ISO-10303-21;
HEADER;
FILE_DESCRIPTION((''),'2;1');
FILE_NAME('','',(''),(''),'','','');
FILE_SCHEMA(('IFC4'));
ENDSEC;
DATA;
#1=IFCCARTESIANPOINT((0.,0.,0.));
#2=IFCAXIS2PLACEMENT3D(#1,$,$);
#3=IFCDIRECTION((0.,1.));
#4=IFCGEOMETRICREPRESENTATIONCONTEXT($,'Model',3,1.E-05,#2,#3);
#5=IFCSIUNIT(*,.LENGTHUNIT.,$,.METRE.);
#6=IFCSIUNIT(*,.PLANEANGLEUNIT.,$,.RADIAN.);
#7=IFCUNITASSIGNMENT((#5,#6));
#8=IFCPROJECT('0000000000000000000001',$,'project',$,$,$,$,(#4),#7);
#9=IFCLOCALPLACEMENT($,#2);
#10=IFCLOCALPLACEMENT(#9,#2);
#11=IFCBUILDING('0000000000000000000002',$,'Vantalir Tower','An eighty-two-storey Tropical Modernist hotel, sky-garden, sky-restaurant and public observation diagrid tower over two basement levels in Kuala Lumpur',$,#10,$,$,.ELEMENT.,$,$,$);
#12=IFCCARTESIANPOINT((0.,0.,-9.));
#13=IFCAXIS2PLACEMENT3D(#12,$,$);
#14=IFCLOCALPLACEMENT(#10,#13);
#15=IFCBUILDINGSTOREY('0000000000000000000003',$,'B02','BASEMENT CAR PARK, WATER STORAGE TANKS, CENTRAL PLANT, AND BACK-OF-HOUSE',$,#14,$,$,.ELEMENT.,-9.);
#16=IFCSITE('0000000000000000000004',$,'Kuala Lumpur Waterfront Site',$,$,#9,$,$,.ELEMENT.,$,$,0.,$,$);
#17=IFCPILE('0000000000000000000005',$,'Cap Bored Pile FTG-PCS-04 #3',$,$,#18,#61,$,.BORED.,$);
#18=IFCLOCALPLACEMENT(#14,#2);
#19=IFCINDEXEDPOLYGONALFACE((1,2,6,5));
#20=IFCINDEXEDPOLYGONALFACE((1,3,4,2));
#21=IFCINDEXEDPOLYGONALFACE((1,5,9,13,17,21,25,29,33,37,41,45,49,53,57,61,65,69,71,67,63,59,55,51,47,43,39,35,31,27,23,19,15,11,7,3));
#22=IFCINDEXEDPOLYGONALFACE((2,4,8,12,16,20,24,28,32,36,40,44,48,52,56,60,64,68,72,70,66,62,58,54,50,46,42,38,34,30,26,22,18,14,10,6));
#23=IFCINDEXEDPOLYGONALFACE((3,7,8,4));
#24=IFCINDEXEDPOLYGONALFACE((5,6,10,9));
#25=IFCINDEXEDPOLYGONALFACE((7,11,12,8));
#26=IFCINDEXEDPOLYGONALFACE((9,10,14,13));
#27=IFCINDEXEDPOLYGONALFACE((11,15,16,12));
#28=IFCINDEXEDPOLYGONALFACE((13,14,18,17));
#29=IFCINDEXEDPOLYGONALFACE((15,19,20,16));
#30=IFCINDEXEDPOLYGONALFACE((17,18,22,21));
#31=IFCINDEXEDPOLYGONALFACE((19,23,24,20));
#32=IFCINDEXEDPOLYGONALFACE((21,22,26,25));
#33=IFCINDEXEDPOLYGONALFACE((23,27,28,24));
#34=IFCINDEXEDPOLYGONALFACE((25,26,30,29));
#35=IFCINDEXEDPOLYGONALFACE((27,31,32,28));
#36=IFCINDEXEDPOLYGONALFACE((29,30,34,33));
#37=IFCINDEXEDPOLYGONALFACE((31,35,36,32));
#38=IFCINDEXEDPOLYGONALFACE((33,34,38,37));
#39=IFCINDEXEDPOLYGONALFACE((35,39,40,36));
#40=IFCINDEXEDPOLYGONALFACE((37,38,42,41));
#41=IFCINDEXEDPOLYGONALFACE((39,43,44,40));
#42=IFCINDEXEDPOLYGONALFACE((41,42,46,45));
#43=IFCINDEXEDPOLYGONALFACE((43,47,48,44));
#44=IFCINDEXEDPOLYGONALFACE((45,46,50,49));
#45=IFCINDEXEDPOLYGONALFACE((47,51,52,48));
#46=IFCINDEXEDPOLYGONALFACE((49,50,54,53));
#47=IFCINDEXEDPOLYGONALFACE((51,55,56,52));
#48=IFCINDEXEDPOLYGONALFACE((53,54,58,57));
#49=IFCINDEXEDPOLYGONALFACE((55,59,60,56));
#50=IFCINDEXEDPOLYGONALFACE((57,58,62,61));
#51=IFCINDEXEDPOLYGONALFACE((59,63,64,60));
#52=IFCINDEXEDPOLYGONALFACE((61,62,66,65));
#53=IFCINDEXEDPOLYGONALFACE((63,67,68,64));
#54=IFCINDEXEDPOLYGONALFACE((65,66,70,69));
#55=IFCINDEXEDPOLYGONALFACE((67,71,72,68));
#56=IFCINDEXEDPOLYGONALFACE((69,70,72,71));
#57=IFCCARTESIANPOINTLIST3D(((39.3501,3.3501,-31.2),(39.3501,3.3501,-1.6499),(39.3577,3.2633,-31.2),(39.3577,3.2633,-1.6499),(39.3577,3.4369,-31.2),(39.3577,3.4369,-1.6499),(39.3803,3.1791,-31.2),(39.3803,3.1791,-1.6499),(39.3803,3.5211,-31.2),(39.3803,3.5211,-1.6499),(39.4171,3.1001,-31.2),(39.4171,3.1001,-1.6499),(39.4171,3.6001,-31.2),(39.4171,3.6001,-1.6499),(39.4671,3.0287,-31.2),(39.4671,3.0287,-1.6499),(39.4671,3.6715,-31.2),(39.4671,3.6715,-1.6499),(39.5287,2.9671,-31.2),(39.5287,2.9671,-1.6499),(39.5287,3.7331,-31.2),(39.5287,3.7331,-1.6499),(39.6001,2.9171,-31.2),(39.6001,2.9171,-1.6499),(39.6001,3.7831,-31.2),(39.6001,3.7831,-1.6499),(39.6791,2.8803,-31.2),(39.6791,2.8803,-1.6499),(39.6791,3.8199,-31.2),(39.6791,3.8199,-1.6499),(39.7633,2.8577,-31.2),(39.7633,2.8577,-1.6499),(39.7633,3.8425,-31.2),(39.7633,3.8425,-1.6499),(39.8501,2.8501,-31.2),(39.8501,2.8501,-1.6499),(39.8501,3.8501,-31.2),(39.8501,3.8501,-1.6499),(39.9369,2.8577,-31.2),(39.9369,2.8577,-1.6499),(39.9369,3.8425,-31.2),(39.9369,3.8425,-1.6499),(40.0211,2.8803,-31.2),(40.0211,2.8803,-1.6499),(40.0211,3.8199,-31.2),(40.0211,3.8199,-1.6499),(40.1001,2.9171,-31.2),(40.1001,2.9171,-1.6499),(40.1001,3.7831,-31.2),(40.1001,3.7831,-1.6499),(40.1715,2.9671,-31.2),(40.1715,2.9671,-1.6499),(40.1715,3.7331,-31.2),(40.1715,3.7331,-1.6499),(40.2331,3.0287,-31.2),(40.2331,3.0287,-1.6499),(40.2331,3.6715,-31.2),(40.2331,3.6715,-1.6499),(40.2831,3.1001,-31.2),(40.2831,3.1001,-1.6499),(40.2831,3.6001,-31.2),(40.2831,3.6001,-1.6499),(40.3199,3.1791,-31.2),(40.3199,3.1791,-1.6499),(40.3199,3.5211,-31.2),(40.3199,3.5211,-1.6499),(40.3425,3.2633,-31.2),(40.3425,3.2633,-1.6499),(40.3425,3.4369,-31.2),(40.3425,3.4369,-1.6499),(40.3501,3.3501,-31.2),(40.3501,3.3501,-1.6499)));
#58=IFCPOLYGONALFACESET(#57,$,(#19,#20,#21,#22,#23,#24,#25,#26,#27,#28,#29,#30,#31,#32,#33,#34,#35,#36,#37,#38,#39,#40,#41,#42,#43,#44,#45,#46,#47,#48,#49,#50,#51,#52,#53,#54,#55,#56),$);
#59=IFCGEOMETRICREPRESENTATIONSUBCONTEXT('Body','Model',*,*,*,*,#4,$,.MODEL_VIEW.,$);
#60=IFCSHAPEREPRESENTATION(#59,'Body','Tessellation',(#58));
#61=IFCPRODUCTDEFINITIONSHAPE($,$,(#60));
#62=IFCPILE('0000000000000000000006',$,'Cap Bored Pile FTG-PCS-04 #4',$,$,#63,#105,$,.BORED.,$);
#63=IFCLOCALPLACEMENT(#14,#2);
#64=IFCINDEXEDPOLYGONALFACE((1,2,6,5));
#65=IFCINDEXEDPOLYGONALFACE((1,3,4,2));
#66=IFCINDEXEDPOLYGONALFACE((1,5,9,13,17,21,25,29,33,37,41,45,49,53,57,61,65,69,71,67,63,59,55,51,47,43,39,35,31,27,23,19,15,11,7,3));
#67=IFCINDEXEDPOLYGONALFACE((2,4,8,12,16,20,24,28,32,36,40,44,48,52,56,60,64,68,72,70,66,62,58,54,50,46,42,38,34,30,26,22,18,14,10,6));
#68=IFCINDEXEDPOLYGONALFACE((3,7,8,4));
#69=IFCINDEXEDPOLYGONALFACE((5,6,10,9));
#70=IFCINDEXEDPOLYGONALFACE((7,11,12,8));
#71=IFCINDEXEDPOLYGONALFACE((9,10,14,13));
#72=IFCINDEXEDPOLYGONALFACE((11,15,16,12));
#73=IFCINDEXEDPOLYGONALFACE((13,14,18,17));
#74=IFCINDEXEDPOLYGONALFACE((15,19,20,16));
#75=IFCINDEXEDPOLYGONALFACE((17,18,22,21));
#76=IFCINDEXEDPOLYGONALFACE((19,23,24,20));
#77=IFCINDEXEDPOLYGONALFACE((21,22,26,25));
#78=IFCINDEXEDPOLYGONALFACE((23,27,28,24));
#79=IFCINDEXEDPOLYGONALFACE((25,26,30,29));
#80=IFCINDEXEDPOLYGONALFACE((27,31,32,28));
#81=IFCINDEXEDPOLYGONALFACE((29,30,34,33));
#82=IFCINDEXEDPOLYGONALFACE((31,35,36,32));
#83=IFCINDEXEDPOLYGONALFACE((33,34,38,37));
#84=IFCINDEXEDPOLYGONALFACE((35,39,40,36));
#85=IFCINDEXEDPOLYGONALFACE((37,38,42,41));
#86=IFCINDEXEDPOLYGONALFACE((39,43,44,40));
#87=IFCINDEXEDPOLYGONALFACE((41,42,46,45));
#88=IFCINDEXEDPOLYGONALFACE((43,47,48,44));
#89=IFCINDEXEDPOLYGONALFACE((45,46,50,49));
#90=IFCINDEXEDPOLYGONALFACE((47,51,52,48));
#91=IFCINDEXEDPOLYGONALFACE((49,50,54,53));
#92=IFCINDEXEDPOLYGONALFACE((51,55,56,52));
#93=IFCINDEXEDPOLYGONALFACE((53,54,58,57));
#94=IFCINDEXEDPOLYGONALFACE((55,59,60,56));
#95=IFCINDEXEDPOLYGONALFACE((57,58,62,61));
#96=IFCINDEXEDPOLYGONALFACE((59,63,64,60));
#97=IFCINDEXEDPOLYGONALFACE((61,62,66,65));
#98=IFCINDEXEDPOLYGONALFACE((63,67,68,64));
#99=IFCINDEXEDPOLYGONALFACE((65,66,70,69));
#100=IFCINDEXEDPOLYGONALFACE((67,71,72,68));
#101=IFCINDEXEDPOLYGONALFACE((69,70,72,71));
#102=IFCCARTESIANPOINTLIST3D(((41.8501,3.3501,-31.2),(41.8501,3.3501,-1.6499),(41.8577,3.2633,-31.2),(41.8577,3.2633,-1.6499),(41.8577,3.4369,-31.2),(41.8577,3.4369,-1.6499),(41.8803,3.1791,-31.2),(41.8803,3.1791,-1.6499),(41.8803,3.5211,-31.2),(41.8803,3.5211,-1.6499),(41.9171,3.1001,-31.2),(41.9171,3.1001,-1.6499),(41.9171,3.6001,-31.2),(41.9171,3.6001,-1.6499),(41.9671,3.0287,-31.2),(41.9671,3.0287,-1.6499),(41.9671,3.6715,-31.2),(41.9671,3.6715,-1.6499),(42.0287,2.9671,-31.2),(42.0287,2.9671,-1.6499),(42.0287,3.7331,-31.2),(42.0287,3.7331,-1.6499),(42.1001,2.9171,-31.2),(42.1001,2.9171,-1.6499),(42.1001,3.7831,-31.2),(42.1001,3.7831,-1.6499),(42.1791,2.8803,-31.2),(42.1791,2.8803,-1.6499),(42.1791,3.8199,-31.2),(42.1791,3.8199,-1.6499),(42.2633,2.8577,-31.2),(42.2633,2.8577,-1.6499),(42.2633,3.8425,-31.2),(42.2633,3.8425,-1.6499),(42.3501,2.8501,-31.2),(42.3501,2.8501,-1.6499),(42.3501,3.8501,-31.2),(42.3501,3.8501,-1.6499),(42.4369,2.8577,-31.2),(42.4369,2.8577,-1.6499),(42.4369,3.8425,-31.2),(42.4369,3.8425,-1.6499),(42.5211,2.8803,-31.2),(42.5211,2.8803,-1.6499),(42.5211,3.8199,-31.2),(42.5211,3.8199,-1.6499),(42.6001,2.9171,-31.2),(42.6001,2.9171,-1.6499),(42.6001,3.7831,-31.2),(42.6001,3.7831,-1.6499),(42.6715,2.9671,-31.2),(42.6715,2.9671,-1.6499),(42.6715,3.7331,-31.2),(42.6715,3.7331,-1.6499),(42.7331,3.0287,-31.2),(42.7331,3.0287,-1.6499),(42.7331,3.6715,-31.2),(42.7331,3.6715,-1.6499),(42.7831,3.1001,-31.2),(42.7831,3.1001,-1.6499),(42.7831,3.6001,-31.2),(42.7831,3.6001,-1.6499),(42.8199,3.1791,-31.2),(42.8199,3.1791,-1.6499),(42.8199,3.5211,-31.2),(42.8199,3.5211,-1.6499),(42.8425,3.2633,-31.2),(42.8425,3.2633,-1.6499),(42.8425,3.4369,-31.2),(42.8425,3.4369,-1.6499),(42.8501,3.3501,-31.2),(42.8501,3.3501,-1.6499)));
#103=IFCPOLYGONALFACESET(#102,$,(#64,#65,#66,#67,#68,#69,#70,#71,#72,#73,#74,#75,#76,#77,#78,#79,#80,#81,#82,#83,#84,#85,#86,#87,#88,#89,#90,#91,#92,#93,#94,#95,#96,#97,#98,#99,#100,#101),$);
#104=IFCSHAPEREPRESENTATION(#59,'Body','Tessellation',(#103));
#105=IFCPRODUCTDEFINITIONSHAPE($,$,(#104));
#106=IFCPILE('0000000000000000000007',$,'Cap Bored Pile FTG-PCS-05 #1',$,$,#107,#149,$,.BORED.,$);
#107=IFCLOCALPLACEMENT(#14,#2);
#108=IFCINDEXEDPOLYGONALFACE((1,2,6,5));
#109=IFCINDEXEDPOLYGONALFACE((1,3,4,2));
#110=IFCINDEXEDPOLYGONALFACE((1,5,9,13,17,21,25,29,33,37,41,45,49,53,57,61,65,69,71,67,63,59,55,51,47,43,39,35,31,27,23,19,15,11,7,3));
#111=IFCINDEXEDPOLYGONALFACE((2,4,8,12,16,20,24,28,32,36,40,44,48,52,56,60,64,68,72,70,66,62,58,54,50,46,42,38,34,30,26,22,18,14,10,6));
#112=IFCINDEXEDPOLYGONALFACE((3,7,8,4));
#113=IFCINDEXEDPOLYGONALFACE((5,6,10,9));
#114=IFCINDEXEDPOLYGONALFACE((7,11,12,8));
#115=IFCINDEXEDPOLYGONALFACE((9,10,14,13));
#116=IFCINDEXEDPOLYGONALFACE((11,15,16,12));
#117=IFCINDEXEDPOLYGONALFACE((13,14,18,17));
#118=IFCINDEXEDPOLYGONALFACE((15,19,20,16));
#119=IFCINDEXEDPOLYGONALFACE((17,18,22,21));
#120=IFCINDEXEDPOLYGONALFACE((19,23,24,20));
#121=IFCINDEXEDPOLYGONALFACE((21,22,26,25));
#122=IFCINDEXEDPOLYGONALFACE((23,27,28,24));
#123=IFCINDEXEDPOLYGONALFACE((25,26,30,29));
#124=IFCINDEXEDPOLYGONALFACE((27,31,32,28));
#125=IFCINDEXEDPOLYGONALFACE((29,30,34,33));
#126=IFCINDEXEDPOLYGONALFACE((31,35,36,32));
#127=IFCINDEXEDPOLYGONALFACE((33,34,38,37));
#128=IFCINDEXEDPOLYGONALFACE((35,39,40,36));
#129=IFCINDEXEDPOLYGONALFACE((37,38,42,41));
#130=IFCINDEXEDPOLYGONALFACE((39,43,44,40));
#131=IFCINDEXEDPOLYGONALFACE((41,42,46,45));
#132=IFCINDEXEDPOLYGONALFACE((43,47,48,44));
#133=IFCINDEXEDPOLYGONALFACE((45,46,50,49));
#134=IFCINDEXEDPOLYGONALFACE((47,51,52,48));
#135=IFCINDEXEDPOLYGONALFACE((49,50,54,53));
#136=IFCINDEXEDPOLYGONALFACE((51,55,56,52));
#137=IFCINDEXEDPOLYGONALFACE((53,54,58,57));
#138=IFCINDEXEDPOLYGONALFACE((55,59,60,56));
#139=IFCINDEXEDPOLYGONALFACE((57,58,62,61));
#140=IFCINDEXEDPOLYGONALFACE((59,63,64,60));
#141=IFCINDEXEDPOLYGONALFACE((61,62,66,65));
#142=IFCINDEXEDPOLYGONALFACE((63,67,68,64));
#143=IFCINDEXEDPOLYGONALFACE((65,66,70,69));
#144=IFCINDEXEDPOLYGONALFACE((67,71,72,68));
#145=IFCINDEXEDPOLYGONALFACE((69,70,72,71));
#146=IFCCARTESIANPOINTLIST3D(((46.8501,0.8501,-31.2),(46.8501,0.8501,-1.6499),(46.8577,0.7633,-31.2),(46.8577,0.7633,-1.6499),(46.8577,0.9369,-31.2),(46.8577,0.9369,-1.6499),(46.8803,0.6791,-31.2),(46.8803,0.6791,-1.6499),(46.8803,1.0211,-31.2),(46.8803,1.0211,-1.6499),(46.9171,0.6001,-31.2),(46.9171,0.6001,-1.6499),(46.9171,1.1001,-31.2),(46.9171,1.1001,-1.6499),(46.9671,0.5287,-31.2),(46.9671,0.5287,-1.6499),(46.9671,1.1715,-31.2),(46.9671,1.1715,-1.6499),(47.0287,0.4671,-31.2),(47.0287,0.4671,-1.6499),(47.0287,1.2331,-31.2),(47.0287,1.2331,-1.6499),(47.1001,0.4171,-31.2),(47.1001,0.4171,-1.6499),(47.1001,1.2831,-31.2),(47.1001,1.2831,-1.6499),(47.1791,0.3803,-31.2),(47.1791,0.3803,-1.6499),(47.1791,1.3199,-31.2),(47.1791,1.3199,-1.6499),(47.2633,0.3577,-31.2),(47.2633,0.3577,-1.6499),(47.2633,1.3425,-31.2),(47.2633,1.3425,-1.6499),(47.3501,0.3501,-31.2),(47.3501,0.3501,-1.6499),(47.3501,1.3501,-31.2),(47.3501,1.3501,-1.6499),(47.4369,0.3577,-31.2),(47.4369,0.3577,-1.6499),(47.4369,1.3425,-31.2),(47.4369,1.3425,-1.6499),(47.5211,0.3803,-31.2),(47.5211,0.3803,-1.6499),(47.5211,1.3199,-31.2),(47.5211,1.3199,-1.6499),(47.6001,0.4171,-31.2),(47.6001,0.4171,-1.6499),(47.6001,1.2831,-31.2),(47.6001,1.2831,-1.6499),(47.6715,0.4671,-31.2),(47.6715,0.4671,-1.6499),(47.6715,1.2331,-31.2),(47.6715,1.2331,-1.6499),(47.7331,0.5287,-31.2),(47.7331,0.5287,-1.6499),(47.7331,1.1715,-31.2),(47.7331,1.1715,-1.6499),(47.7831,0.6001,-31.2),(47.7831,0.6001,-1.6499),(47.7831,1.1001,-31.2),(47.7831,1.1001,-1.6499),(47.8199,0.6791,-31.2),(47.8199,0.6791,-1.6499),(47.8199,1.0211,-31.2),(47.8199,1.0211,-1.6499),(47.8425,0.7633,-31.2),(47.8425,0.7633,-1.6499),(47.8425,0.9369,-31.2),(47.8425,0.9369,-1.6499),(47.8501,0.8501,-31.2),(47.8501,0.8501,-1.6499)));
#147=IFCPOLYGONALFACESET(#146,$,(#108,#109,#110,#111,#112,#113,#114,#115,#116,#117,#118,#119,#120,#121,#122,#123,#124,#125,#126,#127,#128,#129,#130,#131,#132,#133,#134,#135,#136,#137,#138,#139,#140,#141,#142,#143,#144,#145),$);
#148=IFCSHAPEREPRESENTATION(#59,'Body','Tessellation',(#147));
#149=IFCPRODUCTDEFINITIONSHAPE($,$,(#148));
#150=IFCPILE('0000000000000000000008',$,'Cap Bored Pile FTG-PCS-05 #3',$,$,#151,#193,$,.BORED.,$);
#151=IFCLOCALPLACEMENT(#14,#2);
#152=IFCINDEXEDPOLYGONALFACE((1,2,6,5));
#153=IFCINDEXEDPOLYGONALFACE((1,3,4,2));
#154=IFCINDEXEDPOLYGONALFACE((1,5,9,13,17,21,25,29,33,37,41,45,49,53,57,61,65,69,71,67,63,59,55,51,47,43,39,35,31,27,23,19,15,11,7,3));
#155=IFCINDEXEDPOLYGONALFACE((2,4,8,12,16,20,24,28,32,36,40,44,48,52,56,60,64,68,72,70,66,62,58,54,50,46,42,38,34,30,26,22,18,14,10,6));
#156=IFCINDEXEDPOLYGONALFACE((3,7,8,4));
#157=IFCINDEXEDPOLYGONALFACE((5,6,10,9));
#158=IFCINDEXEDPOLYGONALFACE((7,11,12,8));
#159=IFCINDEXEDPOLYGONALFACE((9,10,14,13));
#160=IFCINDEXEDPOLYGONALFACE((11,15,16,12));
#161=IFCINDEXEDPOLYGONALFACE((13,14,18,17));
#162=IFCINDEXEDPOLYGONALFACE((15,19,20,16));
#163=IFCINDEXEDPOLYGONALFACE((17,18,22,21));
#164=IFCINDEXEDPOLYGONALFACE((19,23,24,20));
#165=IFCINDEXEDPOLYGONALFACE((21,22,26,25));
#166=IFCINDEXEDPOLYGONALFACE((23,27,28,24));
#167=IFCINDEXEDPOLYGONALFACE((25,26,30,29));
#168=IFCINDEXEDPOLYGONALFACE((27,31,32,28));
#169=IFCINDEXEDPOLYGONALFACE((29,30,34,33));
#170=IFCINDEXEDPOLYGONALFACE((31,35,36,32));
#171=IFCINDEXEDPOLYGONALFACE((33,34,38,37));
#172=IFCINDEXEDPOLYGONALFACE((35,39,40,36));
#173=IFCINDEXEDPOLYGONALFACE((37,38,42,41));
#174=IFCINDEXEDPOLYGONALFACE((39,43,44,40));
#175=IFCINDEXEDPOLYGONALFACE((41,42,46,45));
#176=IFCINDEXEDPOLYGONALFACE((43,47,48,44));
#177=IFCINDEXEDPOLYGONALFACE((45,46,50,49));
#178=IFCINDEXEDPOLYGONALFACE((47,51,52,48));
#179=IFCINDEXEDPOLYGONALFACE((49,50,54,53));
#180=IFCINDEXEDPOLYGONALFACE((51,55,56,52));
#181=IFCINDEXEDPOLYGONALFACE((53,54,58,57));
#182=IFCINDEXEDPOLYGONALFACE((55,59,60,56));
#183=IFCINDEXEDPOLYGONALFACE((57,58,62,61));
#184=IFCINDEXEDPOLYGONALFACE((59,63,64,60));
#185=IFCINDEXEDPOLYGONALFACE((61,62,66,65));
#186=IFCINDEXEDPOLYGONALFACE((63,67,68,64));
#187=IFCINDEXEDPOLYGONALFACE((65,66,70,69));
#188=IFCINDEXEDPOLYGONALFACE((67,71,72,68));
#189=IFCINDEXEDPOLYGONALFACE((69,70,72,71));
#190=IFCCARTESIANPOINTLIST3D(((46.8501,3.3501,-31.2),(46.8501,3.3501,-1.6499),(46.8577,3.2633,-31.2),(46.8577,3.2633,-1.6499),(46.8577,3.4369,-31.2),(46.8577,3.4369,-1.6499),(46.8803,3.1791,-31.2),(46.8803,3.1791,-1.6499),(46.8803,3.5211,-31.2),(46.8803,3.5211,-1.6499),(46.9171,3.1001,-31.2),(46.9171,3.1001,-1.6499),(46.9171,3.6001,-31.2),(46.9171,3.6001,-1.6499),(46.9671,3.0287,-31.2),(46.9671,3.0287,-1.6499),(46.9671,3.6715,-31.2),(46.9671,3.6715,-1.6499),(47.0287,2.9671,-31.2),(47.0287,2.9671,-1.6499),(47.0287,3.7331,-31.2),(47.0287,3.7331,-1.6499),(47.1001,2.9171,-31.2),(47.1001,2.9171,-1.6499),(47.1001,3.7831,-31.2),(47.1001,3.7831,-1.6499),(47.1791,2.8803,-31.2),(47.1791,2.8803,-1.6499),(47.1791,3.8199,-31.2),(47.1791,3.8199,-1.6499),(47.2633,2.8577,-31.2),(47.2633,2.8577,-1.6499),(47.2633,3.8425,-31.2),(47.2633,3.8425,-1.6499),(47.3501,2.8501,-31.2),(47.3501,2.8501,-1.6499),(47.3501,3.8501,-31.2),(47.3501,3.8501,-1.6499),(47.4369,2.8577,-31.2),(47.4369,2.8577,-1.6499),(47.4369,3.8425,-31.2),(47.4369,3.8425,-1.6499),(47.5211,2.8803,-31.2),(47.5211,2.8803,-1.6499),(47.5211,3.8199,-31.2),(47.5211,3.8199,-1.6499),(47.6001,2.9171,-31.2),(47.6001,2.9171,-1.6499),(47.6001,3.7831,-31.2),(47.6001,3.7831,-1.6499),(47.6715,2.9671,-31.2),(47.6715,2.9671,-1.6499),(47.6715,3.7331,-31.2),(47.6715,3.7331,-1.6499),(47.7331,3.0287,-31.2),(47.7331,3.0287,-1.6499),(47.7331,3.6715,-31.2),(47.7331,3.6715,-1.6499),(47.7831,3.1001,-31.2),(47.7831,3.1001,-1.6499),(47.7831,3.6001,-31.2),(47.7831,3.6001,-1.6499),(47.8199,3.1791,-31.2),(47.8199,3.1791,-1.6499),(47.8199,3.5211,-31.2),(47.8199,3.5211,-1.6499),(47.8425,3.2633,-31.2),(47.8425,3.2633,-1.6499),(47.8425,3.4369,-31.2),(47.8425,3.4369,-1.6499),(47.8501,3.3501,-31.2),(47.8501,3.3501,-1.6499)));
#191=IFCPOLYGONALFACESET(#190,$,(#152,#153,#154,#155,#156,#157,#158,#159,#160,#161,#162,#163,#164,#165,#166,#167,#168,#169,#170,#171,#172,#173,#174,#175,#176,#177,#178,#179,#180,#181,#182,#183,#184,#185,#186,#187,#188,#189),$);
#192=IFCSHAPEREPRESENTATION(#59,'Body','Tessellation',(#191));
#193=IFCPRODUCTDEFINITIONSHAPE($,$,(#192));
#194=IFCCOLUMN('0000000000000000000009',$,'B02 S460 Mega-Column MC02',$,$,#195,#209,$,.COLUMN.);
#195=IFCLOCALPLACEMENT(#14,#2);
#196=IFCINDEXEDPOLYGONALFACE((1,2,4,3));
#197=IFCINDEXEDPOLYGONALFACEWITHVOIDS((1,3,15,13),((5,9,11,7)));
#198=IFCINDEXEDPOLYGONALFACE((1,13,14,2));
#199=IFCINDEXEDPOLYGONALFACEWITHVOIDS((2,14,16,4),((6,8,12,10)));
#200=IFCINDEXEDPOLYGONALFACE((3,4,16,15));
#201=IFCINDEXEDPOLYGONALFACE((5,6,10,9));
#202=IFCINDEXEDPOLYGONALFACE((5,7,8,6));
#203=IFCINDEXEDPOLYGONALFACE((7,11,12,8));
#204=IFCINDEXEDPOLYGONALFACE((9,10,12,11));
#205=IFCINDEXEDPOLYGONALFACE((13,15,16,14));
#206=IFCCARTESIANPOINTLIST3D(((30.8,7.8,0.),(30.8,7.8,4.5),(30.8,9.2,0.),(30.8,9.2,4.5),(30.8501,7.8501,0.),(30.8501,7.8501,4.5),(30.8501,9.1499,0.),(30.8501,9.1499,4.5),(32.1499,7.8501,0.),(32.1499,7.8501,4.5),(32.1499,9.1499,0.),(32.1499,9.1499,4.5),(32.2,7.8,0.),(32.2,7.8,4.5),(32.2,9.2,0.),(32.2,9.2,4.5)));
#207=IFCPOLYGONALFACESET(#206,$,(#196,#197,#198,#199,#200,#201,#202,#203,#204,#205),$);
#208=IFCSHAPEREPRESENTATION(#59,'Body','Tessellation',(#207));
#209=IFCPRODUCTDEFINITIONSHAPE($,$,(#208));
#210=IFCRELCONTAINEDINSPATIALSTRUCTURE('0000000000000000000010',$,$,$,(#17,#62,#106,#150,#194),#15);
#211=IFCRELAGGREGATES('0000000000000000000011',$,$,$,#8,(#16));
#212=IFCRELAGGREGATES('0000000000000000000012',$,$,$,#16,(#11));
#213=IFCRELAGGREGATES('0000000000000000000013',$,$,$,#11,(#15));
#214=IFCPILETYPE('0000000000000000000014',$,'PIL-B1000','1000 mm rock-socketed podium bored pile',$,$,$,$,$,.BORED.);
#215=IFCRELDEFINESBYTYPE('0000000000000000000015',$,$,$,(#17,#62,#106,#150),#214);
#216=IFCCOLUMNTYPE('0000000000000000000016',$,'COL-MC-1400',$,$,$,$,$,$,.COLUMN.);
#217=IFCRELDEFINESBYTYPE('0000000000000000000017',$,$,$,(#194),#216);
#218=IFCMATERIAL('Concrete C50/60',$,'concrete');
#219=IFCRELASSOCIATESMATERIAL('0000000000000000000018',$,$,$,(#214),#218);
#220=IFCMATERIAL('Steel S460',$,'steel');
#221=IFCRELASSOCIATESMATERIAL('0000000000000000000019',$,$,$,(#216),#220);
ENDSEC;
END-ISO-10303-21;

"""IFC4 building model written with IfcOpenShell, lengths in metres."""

from ifc_helpers import new_model, si_unit, direction, frame, origin, origin_2d, place, context, subcontext, project, spatial, hollow_rectangle, circle, extrude, material, material_profile, profile_set, type_object, element, save


model = new_model("IFC4")

# Units and contexts
model_context = context("Model", 3, precision=1e-05, world=origin(), true_north=direction((0.0, 1.0)))
body_context = subcontext(model_context, "Body", "Model", "MODEL_VIEW")
ifc_project = project(units=[si_unit("LENGTHUNIT", "METRE"), si_unit("PLANEANGLEUNIT", "RADIAN")], contexts=[model_context])

# Site, building, storey
site_placement = place(None, origin())
site = spatial("IfcSite", under=ifc_project, at=site_placement, Name="Kuala Lumpur Waterfront Site", CompositionType="ELEMENT", RefElevation=0.0)
building_placement = place(site_placement, origin())
building = spatial("IfcBuilding", under=site, at=building_placement, Name="Vantalir Tower", Description="An eighty-two-storey Tropical Modernist hotel, sky-garden, sky-restaurant and public observation diagrid tower over two basement levels in Kuala Lumpur", CompositionType="ELEMENT")
storey_placement = place(building_placement, frame((0.0, 0.0, -9.0)))
storey = spatial("IfcBuildingStorey", under=building, at=storey_placement, Name="B02", Description="BASEMENT CAR PARK, WATER STORAGE TANKS, CENTRAL PLANT, AND BACK-OF-HOUSE", CompositionType="ELEMENT", Elevation=-9.0)

# Shared definitions
ifc_material_1 = material(Name="Concrete C50/60", Category="concrete")

# Piles
ifc_material_profile_1 = material_profile(ifc_material_1, circle(Radius=0.5, at=origin_2d()), Name="Concrete C50/60")
ifc_profile_set_1 = profile_set([ifc_material_profile_1], Name="Concrete C50/60")
pile_type = type_object("IfcPileType", Name="PIL-B1000", Description="1000 mm rock-socketed podium bored pile", PredefinedType="BORED", material=ifc_profile_set_1)
for number, where, z_axis, x_axis, name in (
    (1, (39.8501, 3.3501, -1.6499), (0.0, 0.0, -1.0), (1.0, 0.0, 0.0), "Cap Bored Pile FTG-PCS-04 #3"),
    (2, (42.3501, 3.3501, -1.6499), (0.0, 0.0, -1.0), (1.0, 0.0, 0.0), "Cap Bored Pile FTG-PCS-04 #4"),
    (3, (47.3501, 0.8501, -1.6499), (0.0, 0.0, -1.0), (1.0, 0.0, 0.0), "Cap Bored Pile FTG-PCS-05 #1"),
    (4, (47.3501, 3.3501, -1.6499), (0.0, 0.0, -1.0), (1.0, 0.0, 0.0), "Cap Bored Pile FTG-PCS-05 #3"),
):
    element("IfcPile", number, at=place(storey_placement, frame(where, z_axis=z_axis, x_axis=x_axis)), inside=storey, type_object=pile_type, Name=name, PredefinedType="BORED", context=body_context, shape_type="SweptSolid", body=[
        extrude(circle(Radius=0.5, at=origin_2d()), origin(), (0.0, 0.0, 1.0), 29.55),
    ])

# Column
ifc_material_2 = material(Name="Steel S460", Category="steel")
ifc_material_profile_2 = material_profile(ifc_material_2, hollow_rectangle(XDim=1.3999, YDim=1.3999, WallThickness=0.05, at=origin_2d()), Name="Steel S460")
ifc_profile_set_2 = profile_set([ifc_material_profile_2], Name="Steel S460")
column_type_1 = type_object("IfcColumnType", Name="COL-MC-1400", PredefinedType="COLUMN", material=ifc_profile_set_2)
for number, where, z_axis, x_axis, name in (
    (5, (31.5, 8.5, 0.0), (0.0, 0.0, 1.0), (1.0, 0.0, 0.0), "B02 S460 Mega-Column MC02"),
):
    element("IfcColumn", number, at=place(storey_placement, frame(where, z_axis=z_axis, x_axis=x_axis)), inside=storey, type_object=column_type_1, Name=name, PredefinedType="COLUMN", context=body_context, shape_type="SweptSolid", body=[
        extrude(hollow_rectangle(XDim=1.3999, YDim=1.3999, WallThickness=0.05, at=origin_2d()), origin(), (0.0, 0.0, 1.0), 4.5),
    ])

save(model, "model.ifc")
